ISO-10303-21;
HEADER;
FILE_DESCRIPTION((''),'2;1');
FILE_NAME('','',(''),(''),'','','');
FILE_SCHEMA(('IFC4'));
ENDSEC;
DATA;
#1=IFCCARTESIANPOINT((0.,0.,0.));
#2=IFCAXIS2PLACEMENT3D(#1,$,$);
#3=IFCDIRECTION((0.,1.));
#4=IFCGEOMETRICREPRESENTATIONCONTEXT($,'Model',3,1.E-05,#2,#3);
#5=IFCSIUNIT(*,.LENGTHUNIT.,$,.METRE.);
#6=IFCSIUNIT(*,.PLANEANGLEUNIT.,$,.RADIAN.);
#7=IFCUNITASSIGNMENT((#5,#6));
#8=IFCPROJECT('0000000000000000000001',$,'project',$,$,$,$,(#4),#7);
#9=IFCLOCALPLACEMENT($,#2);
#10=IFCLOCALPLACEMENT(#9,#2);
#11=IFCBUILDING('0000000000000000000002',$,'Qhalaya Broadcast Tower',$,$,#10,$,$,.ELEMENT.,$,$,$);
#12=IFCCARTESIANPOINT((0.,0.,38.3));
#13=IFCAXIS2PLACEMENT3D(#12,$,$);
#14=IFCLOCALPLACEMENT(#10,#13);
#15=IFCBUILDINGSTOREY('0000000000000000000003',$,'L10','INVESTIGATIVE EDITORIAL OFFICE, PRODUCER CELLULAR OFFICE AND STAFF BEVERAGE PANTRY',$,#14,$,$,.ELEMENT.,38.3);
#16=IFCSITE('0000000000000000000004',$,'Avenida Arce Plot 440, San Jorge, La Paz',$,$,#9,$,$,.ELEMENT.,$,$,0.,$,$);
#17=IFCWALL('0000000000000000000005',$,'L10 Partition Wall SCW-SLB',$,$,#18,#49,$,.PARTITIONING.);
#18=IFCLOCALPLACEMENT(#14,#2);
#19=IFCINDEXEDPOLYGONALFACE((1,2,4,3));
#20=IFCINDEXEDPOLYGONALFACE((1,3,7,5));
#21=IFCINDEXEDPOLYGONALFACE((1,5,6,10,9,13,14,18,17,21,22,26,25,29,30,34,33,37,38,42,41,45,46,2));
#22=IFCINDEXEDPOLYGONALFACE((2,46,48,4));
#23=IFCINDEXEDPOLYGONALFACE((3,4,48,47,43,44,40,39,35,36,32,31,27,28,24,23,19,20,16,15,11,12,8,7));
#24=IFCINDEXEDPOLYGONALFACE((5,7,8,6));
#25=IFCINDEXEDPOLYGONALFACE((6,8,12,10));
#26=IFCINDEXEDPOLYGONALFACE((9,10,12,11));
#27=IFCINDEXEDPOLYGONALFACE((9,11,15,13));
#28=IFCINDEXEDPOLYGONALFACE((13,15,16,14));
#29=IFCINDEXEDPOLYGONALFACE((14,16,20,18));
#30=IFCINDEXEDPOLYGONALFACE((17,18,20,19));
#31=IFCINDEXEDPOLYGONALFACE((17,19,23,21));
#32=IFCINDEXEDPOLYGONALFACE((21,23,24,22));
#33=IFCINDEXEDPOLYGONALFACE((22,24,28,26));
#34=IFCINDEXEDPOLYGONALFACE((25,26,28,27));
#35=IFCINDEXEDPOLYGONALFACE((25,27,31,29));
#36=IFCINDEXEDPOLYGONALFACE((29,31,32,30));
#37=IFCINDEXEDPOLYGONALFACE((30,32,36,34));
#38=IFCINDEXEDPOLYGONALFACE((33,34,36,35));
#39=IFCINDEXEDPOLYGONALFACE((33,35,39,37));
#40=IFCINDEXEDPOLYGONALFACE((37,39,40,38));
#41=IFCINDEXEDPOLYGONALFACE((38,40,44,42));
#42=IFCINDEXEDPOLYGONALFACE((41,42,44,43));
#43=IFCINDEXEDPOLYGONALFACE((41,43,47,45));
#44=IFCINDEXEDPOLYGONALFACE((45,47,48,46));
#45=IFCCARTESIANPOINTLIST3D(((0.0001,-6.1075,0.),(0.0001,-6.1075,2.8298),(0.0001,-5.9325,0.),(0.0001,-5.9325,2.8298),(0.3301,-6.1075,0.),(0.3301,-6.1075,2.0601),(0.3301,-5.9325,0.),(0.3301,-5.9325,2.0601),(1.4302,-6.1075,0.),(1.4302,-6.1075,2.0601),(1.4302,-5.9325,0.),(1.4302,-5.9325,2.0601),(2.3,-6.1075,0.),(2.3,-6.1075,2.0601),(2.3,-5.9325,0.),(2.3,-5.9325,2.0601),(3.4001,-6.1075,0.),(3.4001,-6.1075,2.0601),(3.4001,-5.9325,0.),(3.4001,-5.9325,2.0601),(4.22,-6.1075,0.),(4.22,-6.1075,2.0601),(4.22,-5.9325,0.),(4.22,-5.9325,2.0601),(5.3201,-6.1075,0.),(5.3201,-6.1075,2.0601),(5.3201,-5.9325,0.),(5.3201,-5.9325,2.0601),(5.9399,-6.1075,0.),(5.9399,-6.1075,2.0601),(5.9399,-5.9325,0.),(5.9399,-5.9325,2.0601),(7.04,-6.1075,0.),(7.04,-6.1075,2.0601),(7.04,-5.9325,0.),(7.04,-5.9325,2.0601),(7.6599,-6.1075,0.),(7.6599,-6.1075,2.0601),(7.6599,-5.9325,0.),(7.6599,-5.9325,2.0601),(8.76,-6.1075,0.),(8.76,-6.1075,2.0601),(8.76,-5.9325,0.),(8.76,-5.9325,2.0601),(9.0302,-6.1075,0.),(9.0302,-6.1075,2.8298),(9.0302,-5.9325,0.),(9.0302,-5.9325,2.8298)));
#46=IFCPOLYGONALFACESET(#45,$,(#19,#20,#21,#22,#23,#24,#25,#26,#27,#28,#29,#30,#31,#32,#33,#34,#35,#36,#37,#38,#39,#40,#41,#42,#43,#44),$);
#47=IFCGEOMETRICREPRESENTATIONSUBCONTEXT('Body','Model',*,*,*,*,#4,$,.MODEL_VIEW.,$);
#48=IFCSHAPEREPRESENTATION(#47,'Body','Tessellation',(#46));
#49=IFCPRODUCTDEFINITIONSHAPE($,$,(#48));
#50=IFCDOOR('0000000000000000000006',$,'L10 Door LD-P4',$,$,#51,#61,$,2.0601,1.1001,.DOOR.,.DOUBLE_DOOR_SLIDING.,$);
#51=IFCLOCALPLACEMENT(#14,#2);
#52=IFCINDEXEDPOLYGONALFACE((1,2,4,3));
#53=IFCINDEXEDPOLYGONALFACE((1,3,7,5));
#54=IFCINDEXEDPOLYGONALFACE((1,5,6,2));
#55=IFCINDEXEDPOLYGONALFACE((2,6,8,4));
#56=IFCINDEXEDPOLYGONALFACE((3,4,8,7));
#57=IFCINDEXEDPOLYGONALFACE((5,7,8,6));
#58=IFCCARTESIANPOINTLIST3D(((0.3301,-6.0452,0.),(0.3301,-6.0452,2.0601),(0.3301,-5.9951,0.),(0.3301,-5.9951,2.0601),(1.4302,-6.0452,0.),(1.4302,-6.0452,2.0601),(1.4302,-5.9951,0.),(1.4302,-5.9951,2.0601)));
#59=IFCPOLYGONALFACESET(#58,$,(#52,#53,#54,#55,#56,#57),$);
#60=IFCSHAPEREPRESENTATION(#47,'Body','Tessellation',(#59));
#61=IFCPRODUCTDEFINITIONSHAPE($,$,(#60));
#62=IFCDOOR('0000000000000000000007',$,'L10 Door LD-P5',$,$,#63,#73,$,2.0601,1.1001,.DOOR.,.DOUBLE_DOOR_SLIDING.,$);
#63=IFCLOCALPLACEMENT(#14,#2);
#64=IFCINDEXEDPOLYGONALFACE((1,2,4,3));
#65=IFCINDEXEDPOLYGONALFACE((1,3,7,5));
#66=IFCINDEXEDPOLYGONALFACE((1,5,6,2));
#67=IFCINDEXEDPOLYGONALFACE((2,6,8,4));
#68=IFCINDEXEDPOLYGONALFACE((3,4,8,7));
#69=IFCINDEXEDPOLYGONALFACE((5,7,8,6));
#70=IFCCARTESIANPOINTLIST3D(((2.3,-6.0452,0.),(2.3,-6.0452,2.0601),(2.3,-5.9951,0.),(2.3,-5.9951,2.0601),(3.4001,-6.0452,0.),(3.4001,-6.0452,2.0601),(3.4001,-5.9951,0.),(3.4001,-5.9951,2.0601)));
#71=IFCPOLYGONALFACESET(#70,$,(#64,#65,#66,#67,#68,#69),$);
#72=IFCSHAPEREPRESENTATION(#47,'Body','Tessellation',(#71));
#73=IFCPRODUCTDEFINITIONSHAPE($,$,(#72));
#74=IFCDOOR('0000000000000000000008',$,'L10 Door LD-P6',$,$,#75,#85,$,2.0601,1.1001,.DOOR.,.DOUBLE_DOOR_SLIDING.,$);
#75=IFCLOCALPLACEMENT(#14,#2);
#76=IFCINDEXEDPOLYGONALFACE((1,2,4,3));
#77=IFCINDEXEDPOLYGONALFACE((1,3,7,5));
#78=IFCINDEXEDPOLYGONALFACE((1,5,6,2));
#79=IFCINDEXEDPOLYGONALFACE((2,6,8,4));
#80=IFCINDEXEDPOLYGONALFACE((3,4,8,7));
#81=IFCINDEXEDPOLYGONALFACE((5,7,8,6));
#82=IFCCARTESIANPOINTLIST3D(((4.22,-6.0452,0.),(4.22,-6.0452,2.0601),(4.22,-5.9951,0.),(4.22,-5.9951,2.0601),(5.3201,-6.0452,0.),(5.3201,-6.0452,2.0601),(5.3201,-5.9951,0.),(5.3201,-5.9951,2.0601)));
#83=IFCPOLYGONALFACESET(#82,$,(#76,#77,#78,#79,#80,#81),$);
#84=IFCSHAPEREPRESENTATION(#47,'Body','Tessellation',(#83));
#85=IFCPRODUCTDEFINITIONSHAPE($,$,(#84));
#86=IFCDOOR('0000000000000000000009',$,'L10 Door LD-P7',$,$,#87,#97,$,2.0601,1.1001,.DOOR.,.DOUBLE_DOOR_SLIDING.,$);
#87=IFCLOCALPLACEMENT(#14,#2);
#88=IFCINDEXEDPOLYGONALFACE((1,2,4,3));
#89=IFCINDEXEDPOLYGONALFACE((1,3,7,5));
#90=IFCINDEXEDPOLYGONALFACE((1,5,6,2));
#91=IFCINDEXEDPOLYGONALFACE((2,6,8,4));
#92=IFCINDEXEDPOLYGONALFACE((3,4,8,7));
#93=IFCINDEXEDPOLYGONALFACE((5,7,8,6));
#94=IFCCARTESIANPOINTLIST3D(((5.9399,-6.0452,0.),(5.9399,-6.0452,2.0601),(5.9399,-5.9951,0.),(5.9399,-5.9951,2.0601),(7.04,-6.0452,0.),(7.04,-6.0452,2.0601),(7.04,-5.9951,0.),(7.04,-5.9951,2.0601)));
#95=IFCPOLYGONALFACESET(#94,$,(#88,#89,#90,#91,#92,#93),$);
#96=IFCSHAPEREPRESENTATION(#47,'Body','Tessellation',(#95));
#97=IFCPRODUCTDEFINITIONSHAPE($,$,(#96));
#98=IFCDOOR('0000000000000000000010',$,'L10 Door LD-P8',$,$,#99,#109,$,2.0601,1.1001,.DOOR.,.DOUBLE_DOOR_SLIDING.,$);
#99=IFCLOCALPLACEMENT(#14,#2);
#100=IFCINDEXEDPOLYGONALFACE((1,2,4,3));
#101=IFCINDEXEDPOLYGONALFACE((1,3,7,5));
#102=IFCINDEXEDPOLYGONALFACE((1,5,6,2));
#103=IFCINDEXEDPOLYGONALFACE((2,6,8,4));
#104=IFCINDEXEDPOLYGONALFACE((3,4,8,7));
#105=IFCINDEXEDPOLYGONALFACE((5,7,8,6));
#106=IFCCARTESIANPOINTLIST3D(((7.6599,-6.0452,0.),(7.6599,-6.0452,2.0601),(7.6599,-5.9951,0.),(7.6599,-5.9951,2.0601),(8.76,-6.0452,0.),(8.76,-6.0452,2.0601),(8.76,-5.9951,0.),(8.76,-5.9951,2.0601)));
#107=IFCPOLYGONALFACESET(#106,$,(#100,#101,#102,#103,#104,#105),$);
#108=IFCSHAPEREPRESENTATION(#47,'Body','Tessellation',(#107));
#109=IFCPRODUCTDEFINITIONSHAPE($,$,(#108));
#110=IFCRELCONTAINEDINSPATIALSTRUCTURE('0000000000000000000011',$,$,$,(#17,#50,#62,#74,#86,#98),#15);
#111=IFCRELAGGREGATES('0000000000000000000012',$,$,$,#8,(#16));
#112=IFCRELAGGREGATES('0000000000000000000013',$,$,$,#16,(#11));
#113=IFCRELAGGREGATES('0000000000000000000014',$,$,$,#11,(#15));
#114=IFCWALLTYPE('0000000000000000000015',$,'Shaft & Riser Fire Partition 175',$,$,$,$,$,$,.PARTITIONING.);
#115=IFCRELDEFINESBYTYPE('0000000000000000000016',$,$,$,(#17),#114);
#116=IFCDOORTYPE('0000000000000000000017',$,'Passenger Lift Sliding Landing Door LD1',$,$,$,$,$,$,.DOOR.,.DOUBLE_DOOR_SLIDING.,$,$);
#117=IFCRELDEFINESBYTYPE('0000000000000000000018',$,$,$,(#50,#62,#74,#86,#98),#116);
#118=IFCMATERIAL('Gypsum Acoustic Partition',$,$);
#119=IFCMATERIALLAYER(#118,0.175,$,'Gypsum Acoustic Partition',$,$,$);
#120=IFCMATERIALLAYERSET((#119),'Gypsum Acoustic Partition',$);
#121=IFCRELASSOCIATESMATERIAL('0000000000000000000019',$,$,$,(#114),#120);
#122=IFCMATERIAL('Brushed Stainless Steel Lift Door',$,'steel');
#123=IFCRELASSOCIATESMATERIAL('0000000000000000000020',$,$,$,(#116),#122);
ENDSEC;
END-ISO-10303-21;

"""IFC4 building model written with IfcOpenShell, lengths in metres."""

from ifc_helpers import new_model, si_unit, direction, frame, frame_2d, origin, place, context, subcontext, project, spatial, rectangle, extrude, material, layer, layer_set, type_object, element, fill, save


model = new_model("IFC4")

# Units and contexts
model_context = context("Model", 3, precision=1e-05, world=origin(), true_north=direction((0.0, 1.0)))
body_context = subcontext(model_context, "Body", "Model", "MODEL_VIEW")
ifc_project = project(units=[si_unit("LENGTHUNIT", "METRE"), si_unit("PLANEANGLEUNIT", "RADIAN")], contexts=[model_context])

# Site, building, storey
site_placement = place(None, origin())
site = spatial("IfcSite", under=ifc_project, at=site_placement, Name="Avenida Arce Plot 440, San Jorge, La Paz", CompositionType="ELEMENT", RefElevation=0.0)
building_placement = place(site_placement, origin())
building = spatial("IfcBuilding", under=site, at=building_placement, Name="Qhalaya Broadcast Tower", CompositionType="ELEMENT")
storey_placement = place(building_placement, frame((0.0, 0.0, 38.3)))
storey = spatial("IfcBuildingStorey", under=building, at=storey_placement, Name="L10", Description="INVESTIGATIVE EDITORIAL OFFICE, PRODUCER CELLULAR OFFICE AND STAFF BEVERAGE PANTRY", CompositionType="ELEMENT", Elevation=38.3)

# Shared definitions
ifc_material_1 = material(Name="Gypsum Acoustic Partition")

# Wall, openings, doors
ifc_layer_1 = layer(ifc_material_1, 0.175, Name="Gypsum Acoustic Partition")
ifc_layer_set_1 = layer_set([ifc_layer_1], Name="Gypsum Acoustic Partition")
wall_type_1 = type_object("IfcWallType", Name="Shaft & Riser Fire Partition 175", PredefinedType="PARTITIONING", material=ifc_layer_set_1)
wall_1_placement = place(storey_placement, frame((0.0, -6.02, 0.0), z_axis=(0.0, 0.0, 1.0), x_axis=(1.0, 0.0, 0.0)))
wall_1 = element("IfcWall", 1, at=wall_1_placement, inside=storey, type_object=wall_type_1, Name="L10 Partition Wall SCW-SLB", PredefinedType="PARTITIONING", context=body_context, shape_type="SweptSolid", body=[
    extrude(rectangle(XDim=9.03, YDim=0.175, at=frame_2d((4.5151, 0.0))), origin(), (0.0, 0.0, 1.0), 2.8298),
])
opening_1_placement = place(wall_1_placement, frame((0.3301, 0.0, 0.0)))
opening_1 = element("IfcOpeningElement", 2, at=opening_1_placement, cuts=wall_1, PredefinedType="OPENING", context=body_context, shape_type="SweptSolid", body=[
    extrude(rectangle(XDim=1.1001, YDim=2.0601, at=frame_2d((0.55, 1.03))), frame((0.0, 0.0996, 0.0), z_axis=(0.0, -1.0, 0.0), x_axis=(1.0, 0.0, 0.0)), (0.0, 0.0, 1.0), 0.199),
])
opening_2_placement = place(wall_1_placement, frame((2.3, 0.0, 0.0)))
opening_2 = element("IfcOpeningElement", 3, at=opening_2_placement, cuts=wall_1, PredefinedType="OPENING", context=body_context, shape_type="SweptSolid", body=[
    extrude(rectangle(XDim=1.1001, YDim=2.0601, at=frame_2d((0.55, 1.03))), frame((0.0, 0.0996, 0.0), z_axis=(0.0, -1.0, 0.0), x_axis=(1.0, 0.0, 0.0)), (0.0, 0.0, 1.0), 0.199),
])
opening_3_placement = place(wall_1_placement, frame((4.22, 0.0, 0.0)))
opening_3 = element("IfcOpeningElement", 4, at=opening_3_placement, cuts=wall_1, PredefinedType="OPENING", context=body_context, shape_type="SweptSolid", body=[
    extrude(rectangle(XDim=1.1001, YDim=2.0601, at=frame_2d((0.55, 1.03))), frame((0.0, 0.0996, 0.0), z_axis=(0.0, -1.0, 0.0), x_axis=(1.0, 0.0, 0.0)), (0.0, 0.0, 1.0), 0.199),
])
opening_4_placement = place(wall_1_placement, frame((5.9399, 0.0, 0.0)))
opening_4 = element("IfcOpeningElement", 5, at=opening_4_placement, cuts=wall_1, PredefinedType="OPENING", context=body_context, shape_type="SweptSolid", body=[
    extrude(rectangle(XDim=1.1001, YDim=2.0601, at=frame_2d((0.55, 1.03))), frame((0.0, 0.0996, 0.0), z_axis=(0.0, -1.0, 0.0), x_axis=(1.0, 0.0, 0.0)), (0.0, 0.0, 1.0), 0.199),
])
opening_5_placement = place(wall_1_placement, frame((7.6599, 0.0, 0.0)))
opening_5 = element("IfcOpeningElement", 6, at=opening_5_placement, cuts=wall_1, PredefinedType="OPENING", context=body_context, shape_type="SweptSolid", body=[
    extrude(rectangle(XDim=1.1001, YDim=2.0601, at=frame_2d((0.55, 1.03))), frame((0.0, 0.0996, 0.0), z_axis=(0.0, -1.0, 0.0), x_axis=(1.0, 0.0, 0.0)), (0.0, 0.0, 1.0), 0.199),
])
ifc_material_2 = material(Name="Brushed Stainless Steel Lift Door", Category="steel")
door_type_1 = type_object("IfcDoorType", Name="Passenger Lift Sliding Landing Door LD1", OperationType="DOUBLE_DOOR_SLIDING", PredefinedType="DOOR", material=ifc_material_2)
door_1_placement = place(opening_1_placement, origin())
door_1 = element("IfcDoor", 7, at=door_1_placement, inside=storey, type_object=door_type_1, Name="L10 Door LD-P4", OperationType="DOUBLE_DOOR_SLIDING", OverallHeight=2.0601, OverallWidth=1.1001, PredefinedType="DOOR", context=body_context, shape_type="SweptSolid", body=[
    extrude(rectangle(XDim=1.1001, YDim=2.0601, at=frame_2d((0.55, 1.03))), frame((0.0, 0.0249, 0.0), z_axis=(0.0, -1.0, 0.0), x_axis=(1.0, 0.0, 0.0)), (0.0, 0.0, 1.0), 0.05),
])
fill(opening_1, door_1)
door_2_placement = place(opening_2_placement, origin())
door_2 = element("IfcDoor", 8, at=door_2_placement, inside=storey, type_object=door_type_1, Name="L10 Door LD-P5", OperationType="DOUBLE_DOOR_SLIDING", OverallHeight=2.0601, OverallWidth=1.1001, PredefinedType="DOOR", context=body_context, shape_type="SweptSolid", body=[
    extrude(rectangle(XDim=1.1001, YDim=2.0601, at=frame_2d((0.55, 1.03))), frame((0.0, 0.0249, 0.0), z_axis=(0.0, -1.0, 0.0), x_axis=(1.0, 0.0, 0.0)), (0.0, 0.0, 1.0), 0.05),
])
fill(opening_2, door_2)
door_3_placement = place(opening_3_placement, origin())
door_3 = element("IfcDoor", 9, at=door_3_placement, inside=storey, type_object=door_type_1, Name="L10 Door LD-P6", OperationType="DOUBLE_DOOR_SLIDING", OverallHeight=2.0601, OverallWidth=1.1001, PredefinedType="DOOR", context=body_context, shape_type="SweptSolid", body=[
    extrude(rectangle(XDim=1.1001, YDim=2.0601, at=frame_2d((0.55, 1.03))), frame((0.0, 0.0249, 0.0), z_axis=(0.0, -1.0, 0.0), x_axis=(1.0, 0.0, 0.0)), (0.0, 0.0, 1.0), 0.05),
])
fill(opening_3, door_3)
door_4_placement = place(opening_4_placement, origin())
door_4 = element("IfcDoor", 10, at=door_4_placement, inside=storey, type_object=door_type_1, Name="L10 Door LD-P7", OperationType="DOUBLE_DOOR_SLIDING", OverallHeight=2.0601, OverallWidth=1.1001, PredefinedType="DOOR", context=body_context, shape_type="SweptSolid", body=[
    extrude(rectangle(XDim=1.1001, YDim=2.0601, at=frame_2d((0.55, 1.03))), frame((0.0, 0.0249, 0.0), z_axis=(0.0, -1.0, 0.0), x_axis=(1.0, 0.0, 0.0)), (0.0, 0.0, 1.0), 0.05),
])
fill(opening_4, door_4)
door_5_placement = place(opening_5_placement, origin())
door_5 = element("IfcDoor", 11, at=door_5_placement, inside=storey, type_object=door_type_1, Name="L10 Door LD-P8", OperationType="DOUBLE_DOOR_SLIDING", OverallHeight=2.0601, OverallWidth=1.1001, PredefinedType="DOOR", context=body_context, shape_type="SweptSolid", body=[
    extrude(rectangle(XDim=1.1001, YDim=2.0601, at=frame_2d((0.55, 1.03))), frame((0.0, 0.0249, 0.0), z_axis=(0.0, -1.0, 0.0), x_axis=(1.0, 0.0, 0.0)), (0.0, 0.0, 1.0), 0.05),
])
fill(opening_5, door_5)

save(model, "model.ifc")
